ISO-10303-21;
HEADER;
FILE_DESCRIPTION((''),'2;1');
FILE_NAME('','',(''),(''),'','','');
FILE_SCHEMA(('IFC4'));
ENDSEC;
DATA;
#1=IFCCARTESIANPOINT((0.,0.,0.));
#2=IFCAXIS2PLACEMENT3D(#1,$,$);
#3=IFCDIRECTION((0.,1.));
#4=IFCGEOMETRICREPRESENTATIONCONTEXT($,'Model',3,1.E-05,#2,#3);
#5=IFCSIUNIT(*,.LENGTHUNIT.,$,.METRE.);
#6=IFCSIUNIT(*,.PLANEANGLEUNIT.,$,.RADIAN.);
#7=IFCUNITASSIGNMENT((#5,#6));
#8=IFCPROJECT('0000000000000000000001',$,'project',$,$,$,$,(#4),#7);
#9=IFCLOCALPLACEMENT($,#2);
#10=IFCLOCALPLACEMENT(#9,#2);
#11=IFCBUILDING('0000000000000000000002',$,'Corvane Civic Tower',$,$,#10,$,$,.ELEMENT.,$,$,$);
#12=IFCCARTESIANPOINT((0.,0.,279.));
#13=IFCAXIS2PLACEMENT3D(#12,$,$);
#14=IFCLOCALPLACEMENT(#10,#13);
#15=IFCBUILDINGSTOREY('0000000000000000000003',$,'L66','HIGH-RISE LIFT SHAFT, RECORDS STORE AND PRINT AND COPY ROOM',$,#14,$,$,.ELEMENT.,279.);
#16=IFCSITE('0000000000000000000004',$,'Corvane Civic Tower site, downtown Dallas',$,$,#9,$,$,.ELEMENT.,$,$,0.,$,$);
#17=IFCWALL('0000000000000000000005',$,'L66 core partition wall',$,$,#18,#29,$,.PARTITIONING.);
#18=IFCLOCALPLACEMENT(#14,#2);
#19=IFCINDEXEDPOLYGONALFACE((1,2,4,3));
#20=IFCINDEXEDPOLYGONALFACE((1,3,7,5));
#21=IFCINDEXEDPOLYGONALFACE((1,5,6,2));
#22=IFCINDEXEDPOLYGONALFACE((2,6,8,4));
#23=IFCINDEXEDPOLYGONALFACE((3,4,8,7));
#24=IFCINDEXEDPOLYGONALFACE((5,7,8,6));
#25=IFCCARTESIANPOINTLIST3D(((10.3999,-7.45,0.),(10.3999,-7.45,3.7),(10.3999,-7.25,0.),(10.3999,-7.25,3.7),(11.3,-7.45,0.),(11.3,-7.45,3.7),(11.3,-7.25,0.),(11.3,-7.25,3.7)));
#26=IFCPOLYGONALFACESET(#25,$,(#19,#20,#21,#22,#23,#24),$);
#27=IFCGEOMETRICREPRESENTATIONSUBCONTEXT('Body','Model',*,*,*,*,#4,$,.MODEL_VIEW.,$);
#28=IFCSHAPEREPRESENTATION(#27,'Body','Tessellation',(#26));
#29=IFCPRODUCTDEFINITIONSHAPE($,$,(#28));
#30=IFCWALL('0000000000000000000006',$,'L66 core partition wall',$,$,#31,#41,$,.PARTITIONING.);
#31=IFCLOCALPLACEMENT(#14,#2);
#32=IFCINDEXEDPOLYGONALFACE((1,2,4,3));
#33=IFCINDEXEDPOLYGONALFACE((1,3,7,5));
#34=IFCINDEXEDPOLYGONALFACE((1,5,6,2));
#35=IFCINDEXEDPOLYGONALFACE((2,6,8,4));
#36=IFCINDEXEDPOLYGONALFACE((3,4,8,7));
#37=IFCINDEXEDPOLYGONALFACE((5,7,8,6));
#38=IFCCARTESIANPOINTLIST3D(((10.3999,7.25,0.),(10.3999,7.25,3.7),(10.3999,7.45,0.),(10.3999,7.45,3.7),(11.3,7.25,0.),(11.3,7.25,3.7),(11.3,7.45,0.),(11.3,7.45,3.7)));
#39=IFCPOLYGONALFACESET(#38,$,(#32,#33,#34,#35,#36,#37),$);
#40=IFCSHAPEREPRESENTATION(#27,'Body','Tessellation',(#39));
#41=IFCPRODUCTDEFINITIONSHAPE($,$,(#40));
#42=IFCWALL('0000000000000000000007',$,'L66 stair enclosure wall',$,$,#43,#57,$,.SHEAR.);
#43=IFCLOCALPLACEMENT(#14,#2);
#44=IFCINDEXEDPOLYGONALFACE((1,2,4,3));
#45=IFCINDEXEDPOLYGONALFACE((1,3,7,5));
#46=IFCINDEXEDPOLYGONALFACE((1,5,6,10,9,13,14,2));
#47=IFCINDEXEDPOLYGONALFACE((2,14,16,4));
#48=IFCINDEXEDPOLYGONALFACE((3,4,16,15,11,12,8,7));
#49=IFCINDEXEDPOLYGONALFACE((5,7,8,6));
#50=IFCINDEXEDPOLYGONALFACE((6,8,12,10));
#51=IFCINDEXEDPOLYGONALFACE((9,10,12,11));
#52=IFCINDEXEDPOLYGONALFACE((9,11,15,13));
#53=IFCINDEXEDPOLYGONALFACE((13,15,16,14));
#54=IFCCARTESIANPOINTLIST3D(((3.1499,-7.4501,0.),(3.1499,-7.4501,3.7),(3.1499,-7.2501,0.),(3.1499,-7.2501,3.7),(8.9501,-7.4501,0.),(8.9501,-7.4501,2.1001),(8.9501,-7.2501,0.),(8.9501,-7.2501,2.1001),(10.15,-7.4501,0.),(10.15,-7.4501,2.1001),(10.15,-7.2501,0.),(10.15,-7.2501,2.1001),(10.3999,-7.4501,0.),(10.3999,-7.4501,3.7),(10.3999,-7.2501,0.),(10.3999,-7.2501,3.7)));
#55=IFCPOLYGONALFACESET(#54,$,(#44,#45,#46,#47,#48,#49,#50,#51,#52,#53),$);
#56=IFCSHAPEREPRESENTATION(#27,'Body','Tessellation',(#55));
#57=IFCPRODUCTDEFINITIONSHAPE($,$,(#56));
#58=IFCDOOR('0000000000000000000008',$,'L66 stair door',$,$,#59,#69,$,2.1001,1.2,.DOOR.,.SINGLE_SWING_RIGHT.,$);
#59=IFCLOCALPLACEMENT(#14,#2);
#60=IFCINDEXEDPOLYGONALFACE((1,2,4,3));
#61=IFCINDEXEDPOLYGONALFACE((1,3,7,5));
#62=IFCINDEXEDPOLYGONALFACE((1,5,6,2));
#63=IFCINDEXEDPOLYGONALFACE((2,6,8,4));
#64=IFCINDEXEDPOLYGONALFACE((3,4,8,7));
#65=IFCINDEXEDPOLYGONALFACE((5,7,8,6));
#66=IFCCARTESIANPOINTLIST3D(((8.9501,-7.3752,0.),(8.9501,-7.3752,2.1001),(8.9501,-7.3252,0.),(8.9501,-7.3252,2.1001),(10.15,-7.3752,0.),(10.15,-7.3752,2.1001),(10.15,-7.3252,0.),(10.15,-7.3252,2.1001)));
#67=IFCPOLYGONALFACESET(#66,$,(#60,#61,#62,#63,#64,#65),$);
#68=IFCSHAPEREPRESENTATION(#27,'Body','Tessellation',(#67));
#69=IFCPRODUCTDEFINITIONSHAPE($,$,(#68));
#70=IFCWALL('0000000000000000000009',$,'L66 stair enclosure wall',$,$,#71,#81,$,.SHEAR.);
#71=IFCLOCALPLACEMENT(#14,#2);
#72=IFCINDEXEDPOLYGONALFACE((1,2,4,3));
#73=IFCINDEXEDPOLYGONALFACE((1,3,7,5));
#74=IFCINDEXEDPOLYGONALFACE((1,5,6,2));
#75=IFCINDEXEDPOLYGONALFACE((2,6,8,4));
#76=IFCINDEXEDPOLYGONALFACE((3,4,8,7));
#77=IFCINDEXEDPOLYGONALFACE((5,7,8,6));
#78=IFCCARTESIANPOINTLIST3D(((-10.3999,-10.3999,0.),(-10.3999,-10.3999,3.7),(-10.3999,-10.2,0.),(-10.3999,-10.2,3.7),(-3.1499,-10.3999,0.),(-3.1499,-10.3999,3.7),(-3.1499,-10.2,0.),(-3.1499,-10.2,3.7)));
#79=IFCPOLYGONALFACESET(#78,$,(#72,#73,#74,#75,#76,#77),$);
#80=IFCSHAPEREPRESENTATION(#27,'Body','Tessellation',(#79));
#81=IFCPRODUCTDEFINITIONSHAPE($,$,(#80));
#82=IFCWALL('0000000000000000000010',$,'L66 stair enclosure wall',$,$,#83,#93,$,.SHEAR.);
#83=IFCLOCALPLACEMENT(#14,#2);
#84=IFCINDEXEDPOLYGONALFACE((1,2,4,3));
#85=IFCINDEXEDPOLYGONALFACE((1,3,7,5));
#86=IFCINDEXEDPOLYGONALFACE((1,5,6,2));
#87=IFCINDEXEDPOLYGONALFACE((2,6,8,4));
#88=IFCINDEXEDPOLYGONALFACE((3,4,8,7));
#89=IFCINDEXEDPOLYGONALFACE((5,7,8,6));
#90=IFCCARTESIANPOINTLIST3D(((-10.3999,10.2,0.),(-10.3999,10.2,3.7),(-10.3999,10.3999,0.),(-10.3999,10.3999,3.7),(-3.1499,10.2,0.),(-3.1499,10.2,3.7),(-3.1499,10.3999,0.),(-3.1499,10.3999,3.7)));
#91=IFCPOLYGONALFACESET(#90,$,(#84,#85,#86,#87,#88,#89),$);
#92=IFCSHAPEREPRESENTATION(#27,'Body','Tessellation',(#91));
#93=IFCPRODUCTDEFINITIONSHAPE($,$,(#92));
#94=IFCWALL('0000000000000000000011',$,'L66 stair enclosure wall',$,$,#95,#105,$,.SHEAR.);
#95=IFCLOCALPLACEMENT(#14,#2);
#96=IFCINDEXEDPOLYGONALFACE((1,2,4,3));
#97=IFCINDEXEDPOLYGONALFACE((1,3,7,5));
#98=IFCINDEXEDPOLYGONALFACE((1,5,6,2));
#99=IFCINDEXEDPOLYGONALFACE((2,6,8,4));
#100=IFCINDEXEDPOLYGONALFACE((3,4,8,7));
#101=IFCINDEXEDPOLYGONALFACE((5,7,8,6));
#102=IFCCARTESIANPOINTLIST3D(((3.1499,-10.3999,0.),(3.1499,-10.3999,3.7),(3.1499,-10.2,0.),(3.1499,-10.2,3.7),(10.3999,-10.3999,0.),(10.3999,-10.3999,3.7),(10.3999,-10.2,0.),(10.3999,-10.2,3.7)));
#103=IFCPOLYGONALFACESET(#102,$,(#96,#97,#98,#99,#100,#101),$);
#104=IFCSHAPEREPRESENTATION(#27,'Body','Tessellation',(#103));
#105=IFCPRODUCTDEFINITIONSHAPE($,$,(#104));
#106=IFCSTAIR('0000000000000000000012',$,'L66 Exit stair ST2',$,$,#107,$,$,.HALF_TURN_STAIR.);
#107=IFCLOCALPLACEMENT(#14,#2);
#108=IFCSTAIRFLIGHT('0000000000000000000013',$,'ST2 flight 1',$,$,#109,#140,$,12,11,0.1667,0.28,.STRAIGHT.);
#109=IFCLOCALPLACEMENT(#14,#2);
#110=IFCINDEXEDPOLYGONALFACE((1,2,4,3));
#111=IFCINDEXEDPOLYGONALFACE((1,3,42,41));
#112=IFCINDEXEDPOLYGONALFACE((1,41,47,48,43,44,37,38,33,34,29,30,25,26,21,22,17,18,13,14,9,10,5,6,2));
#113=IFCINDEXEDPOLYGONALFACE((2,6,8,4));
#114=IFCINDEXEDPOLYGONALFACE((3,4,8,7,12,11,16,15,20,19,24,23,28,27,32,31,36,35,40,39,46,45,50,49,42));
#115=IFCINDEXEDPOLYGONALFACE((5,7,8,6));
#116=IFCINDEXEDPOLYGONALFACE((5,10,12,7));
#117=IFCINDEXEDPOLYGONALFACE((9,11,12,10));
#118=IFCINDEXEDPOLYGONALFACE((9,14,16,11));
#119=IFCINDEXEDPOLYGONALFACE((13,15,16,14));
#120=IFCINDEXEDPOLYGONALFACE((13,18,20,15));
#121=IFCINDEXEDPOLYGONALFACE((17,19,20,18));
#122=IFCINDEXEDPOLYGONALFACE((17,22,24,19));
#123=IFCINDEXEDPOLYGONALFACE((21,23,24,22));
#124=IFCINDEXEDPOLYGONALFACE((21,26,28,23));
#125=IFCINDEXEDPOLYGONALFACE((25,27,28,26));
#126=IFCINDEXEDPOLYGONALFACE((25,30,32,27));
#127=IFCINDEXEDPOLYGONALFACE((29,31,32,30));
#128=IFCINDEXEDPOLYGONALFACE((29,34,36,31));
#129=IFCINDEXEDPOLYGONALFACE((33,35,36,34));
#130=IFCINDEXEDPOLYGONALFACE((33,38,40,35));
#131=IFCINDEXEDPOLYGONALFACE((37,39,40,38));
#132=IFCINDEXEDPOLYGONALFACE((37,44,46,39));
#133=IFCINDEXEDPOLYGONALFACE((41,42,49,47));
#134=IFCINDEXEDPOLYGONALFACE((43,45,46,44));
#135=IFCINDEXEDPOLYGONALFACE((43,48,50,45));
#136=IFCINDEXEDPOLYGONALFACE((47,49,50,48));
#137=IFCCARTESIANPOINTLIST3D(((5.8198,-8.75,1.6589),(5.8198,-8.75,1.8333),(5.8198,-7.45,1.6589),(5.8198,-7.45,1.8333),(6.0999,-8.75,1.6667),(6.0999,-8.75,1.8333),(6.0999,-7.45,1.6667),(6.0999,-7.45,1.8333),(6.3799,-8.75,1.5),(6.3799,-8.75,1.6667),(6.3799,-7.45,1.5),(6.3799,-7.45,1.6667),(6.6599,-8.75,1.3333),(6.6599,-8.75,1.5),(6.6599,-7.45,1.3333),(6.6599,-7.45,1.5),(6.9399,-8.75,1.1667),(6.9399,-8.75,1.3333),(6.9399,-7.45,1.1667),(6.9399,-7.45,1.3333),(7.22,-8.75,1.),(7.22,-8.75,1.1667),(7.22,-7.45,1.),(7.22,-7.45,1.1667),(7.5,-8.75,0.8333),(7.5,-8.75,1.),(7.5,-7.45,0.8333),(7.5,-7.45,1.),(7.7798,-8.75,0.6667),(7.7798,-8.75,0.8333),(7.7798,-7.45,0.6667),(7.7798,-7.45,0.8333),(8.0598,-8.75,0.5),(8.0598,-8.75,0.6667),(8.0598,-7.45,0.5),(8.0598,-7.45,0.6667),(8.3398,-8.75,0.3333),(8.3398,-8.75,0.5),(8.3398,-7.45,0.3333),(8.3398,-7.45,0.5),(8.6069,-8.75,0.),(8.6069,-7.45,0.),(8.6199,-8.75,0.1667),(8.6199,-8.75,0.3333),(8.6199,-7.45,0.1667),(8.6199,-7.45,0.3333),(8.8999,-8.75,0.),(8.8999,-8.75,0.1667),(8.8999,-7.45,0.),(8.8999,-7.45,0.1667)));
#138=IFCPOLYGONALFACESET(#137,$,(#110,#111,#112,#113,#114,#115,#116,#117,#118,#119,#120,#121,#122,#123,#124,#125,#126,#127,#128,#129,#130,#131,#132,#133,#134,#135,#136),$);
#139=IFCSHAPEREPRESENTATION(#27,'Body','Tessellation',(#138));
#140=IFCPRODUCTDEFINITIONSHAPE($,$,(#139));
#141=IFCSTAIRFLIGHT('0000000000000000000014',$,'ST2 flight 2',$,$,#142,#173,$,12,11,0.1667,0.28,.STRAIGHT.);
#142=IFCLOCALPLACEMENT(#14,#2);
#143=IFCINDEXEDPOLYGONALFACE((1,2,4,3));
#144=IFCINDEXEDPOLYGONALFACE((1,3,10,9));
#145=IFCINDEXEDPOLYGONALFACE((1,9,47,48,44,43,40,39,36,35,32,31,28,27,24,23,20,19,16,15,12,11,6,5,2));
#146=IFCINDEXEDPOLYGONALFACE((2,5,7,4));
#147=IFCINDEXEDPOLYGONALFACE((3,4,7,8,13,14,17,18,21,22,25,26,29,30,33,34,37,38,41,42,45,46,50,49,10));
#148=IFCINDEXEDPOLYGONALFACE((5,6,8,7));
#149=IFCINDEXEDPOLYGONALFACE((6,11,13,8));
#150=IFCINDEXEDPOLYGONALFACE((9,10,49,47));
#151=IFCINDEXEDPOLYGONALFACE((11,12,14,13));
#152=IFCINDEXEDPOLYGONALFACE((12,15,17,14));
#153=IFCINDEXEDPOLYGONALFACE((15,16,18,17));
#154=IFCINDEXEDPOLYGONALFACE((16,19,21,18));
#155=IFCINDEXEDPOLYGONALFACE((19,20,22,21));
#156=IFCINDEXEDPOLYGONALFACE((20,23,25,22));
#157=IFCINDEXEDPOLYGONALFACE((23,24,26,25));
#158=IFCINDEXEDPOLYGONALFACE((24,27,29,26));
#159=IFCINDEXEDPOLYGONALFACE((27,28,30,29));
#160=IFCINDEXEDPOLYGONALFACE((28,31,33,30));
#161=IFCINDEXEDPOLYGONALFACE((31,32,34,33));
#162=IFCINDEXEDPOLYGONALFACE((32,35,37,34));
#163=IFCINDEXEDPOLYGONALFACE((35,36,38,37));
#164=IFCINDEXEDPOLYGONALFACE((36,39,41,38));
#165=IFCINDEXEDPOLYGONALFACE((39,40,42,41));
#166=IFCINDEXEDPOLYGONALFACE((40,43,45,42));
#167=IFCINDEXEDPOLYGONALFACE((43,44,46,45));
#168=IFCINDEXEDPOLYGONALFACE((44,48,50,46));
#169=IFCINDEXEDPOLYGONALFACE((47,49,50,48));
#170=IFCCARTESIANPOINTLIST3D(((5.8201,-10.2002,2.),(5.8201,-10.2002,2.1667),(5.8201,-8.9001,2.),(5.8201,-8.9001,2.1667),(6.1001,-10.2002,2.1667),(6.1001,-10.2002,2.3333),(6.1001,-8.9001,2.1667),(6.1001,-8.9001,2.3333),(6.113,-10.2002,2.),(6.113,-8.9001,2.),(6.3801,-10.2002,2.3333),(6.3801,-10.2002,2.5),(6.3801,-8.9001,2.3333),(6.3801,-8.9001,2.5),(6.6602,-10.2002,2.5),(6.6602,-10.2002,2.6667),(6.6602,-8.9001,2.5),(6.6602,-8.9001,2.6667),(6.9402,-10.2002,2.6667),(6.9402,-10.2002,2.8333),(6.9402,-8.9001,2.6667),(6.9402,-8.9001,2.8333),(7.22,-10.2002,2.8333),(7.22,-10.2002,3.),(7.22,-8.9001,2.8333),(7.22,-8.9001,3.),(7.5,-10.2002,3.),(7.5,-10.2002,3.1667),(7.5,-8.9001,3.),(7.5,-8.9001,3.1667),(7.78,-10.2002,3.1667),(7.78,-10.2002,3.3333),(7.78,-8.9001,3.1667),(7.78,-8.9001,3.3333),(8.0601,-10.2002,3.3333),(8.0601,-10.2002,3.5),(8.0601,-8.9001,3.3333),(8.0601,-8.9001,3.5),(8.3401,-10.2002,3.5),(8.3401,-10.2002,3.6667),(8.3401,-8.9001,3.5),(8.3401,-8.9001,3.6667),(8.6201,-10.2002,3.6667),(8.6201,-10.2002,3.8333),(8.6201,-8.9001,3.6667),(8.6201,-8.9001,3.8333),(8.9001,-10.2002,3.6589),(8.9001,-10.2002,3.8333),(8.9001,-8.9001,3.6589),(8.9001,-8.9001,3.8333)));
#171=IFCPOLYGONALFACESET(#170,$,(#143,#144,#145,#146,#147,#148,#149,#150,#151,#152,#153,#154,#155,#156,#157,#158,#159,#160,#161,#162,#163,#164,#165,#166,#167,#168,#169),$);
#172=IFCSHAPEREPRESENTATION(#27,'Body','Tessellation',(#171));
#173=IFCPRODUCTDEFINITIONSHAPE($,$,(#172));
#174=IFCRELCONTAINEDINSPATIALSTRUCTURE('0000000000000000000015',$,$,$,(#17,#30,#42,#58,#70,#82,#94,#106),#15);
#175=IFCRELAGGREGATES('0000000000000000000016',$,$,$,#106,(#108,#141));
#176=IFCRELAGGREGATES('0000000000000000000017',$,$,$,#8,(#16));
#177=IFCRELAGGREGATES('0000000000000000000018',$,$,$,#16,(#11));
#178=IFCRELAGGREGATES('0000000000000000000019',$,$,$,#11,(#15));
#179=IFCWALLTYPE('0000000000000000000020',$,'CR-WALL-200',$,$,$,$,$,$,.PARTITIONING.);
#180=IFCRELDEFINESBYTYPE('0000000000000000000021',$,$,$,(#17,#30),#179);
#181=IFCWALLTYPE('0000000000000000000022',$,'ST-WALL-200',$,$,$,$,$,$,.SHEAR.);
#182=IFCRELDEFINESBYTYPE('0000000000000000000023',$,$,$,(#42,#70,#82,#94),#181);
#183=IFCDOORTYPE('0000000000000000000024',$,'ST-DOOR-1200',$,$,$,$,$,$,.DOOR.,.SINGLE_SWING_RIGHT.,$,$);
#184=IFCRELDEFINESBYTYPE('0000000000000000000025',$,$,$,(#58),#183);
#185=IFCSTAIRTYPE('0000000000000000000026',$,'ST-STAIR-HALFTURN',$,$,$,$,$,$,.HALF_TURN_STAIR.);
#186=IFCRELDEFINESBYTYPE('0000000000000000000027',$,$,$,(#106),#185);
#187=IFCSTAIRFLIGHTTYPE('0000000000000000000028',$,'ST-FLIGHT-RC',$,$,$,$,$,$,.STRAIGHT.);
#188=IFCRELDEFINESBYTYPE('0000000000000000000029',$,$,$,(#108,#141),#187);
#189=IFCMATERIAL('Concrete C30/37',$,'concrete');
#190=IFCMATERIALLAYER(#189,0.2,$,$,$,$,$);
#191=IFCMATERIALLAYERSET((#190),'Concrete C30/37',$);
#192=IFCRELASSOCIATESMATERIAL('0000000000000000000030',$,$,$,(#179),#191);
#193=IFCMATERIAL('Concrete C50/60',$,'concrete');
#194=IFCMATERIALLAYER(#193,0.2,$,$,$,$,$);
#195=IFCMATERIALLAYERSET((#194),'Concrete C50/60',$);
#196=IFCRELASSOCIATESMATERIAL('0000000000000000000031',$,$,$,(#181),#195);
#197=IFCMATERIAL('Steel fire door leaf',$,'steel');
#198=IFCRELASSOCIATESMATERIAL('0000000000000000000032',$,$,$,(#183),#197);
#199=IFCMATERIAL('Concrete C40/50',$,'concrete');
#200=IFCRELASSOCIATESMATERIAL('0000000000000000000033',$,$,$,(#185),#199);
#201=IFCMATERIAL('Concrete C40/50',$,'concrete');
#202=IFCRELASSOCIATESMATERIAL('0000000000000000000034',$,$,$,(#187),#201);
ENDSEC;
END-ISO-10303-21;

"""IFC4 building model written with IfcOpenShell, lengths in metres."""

from ifc_helpers import new_model, si_unit, direction, frame, frame_2d, origin, place, context, subcontext, project, spatial, polyline, rectangle, outline, extrude, material, layer, layer_set, type_object, element, fill, aggregate, save


model = new_model("IFC4")

# Units and contexts
model_context = context("Model", 3, precision=1e-05, world=origin(), true_north=direction((0.0, 1.0)))
body_context = subcontext(model_context, "Body", "Model", "MODEL_VIEW")
ifc_project = project(units=[si_unit("LENGTHUNIT", "METRE"), si_unit("PLANEANGLEUNIT", "RADIAN")], contexts=[model_context])

# Site, building, storey
site_placement = place(None, origin())
site = spatial("IfcSite", under=ifc_project, at=site_placement, Name="Corvane Civic Tower site, downtown Dallas", CompositionType="ELEMENT", RefElevation=0.0)
building_placement = place(site_placement, origin())
building = spatial("IfcBuilding", under=site, at=building_placement, Name="Corvane Civic Tower", CompositionType="ELEMENT")
storey_placement = place(building_placement, frame((0.0, 0.0, 279.0)))
storey = spatial("IfcBuildingStorey", under=building, at=storey_placement, Name="L66", Description="HIGH-RISE LIFT SHAFT, RECORDS STORE AND PRINT AND COPY ROOM", CompositionType="ELEMENT", Elevation=279.0)

# Shared definitions
ifc_material_1 = material(Name="Concrete C30/37", Category="concrete")
ifc_layer_1 = layer(ifc_material_1, 0.2)
ifc_layer_set_1 = layer_set([ifc_layer_1], Name="Concrete C30/37")
wall_type_1 = type_object("IfcWallType", Name="CR-WALL-200", PredefinedType="PARTITIONING", material=ifc_layer_set_1)

# Walls
wall_1_placement = place(storey_placement, origin())
element("IfcWall", 1, at=wall_1_placement, inside=storey, type_object=wall_type_1, Name="L66 core partition wall", PredefinedType="PARTITIONING", context=body_context, shape_type="SweptSolid", body=[
    extrude(outline(polyline([(11.3, -7.45), (10.3999, -7.45), (10.3999, -7.25), (11.3, -7.25), (11.3, -7.45)])), origin(), (0.0, 0.0, 1.0), 3.7),
])
wall_2_placement = place(storey_placement, origin())
element("IfcWall", 2, at=wall_2_placement, inside=storey, type_object=wall_type_1, Name="L66 core partition wall", PredefinedType="PARTITIONING", context=body_context, shape_type="SweptSolid", body=[
    extrude(outline(polyline([(10.3999, 7.25), (10.3999, 7.45), (11.3, 7.45), (11.3, 7.25), (10.3999, 7.25)])), origin(), (0.0, 0.0, 1.0), 3.7),
])

# Wall, opening, door
ifc_material_2 = material(Name="Concrete C50/60", Category="concrete")
ifc_layer_2 = layer(ifc_material_2, 0.2)
ifc_layer_set_2 = layer_set([ifc_layer_2], Name="Concrete C50/60")
wall_type_2 = type_object("IfcWallType", Name="ST-WALL-200", PredefinedType="SHEAR", material=ifc_layer_set_2)
wall_3_placement = place(storey_placement, frame((3.1499, -7.3501, 0.0), z_axis=(0.0, 0.0, 1.0), x_axis=(1.0, 0.0, 0.0)))
wall_3 = element("IfcWall", 3, at=wall_3_placement, inside=storey, type_object=wall_type_2, Name="L66 stair enclosure wall", PredefinedType="SHEAR", context=body_context, shape_type="SweptSolid", body=[
    extrude(rectangle(XDim=7.25, YDim=0.2, at=frame_2d((3.625, 0.0))), origin(), (0.0, 0.0, 1.0), 3.7),
])
opening_1_placement = place(wall_3_placement, frame((5.8, 0.0, 0.0)))
opening_1 = element("IfcOpeningElement", 4, at=opening_1_placement, cuts=wall_3, PredefinedType="OPENING", context=body_context, shape_type="SweptSolid", body=[
    extrude(rectangle(XDim=1.2, YDim=2.1001, at=frame_2d((0.6001, 1.05))), frame((0.0, 0.1099, 0.0), z_axis=(0.0, -1.0, 0.0), x_axis=(1.0, 0.0, 0.0)), (0.0, 0.0, 1.0), 0.22),
])
ifc_material_3 = material(Name="Steel fire door leaf", Category="steel")
door_type_1 = type_object("IfcDoorType", Name="ST-DOOR-1200", OperationType="SINGLE_SWING_RIGHT", PredefinedType="DOOR", material=ifc_material_3)
door_1_placement = place(opening_1_placement, origin())
door_1 = element("IfcDoor", 5, at=door_1_placement, inside=storey, type_object=door_type_1, Name="L66 stair door", OperationType="SINGLE_SWING_RIGHT", OverallHeight=2.1001, OverallWidth=1.2, PredefinedType="DOOR", context=body_context, shape_type="SweptSolid", body=[
    extrude(rectangle(XDim=1.2, YDim=2.1001, at=frame_2d((0.6001, 1.05))), frame((0.0, 0.0249, 0.0), z_axis=(0.0, -1.0, 0.0), x_axis=(1.0, 0.0, 0.0)), (0.0, 0.0, 1.0), 0.05),
])
fill(opening_1, door_1)

# Walls
wall_4_placement = place(storey_placement, origin())
element("IfcWall", 6, at=wall_4_placement, inside=storey, type_object=wall_type_2, Name="L66 stair enclosure wall", PredefinedType="SHEAR", context=body_context, shape_type="SweptSolid", body=[
    extrude(outline(polyline([(-3.1499, -10.2), (-3.1499, -10.3999), (-10.3999, -10.3999), (-10.3999, -10.2), (-3.1499, -10.2)])), origin(), (0.0, 0.0, 1.0), 3.7),
])
wall_5_placement = place(storey_placement, origin())
element("IfcWall", 7, at=wall_5_placement, inside=storey, type_object=wall_type_2, Name="L66 stair enclosure wall", PredefinedType="SHEAR", context=body_context, shape_type="SweptSolid", body=[
    extrude(outline(polyline([(-3.1499, 10.2), (-10.3999, 10.2), (-10.3999, 10.3999), (-3.1499, 10.3999), (-3.1499, 10.2)])), origin(), (0.0, 0.0, 1.0), 3.7),
])
wall_6_placement = place(storey_placement, origin())
element("IfcWall", 8, at=wall_6_placement, inside=storey, type_object=wall_type_2, Name="L66 stair enclosure wall", PredefinedType="SHEAR", context=body_context, shape_type="SweptSolid", body=[
    extrude(outline(polyline([(10.3999, -10.3999), (3.1499, -10.3999), (3.1499, -10.2), (10.3999, -10.2), (10.3999, -10.3999)])), origin(), (0.0, 0.0, 1.0), 3.7),
])

# Stair, stair flights
ifc_material_4 = material(Name="Concrete C40/50", Category="concrete")
stair_type = type_object("IfcStairType", Name="ST-STAIR-HALFTURN", PredefinedType="HALF_TURN_STAIR", material=ifc_material_4)
stair_placement = place(storey_placement, origin())
stair = element("IfcStair", 9, at=stair_placement, inside=storey, type_object=stair_type, Name="L66 Exit stair ST2", PredefinedType="HALF_TURN_STAIR")
ifc_material_5 = material(Name="Concrete C40/50", Category="concrete")
stair_flight_type = type_object("IfcStairFlightType", Name="ST-FLIGHT-RC", PredefinedType="STRAIGHT", material=ifc_material_5)
stair_flight_1_placement = place(storey_placement, frame((8.8999, -8.1001, 0.0), z_axis=(0.0, 0.0, 1.0), x_axis=(-1.0, 0.0, 0.0)))
stair_flight_1 = element("IfcStairFlight", 10, at=stair_flight_1_placement, type_object=stair_flight_type, Name="ST2 flight 1", NumberOfRisers=12, NumberOfTreads=11, PredefinedType="STRAIGHT", RiserHeight=0.1667, TreadLength=0.28, context=body_context, shape_type="SweptSolid", body=[
    extrude(outline(polyline([(0.0, 0.0), (0.0, 0.1667), (0.28, 0.1667), (0.28, 0.3333), (0.5601, 0.3333), (0.5601, 0.5), (0.8401, 0.5), (0.8401, 0.6667), (1.1201, 0.6667), (1.1201, 0.8333), (1.3999, 0.8333), (1.3999, 1.0), (1.6799, 1.0), (1.6799, 1.1667), (1.96, 1.1667), (1.96, 1.3333), (2.24, 1.3333), (2.24, 1.5), (2.52, 1.5), (2.52, 1.6667), (2.8, 1.6667), (2.8, 1.8333), (3.0801, 1.8333), (3.0801, 2.0), (3.0801, 1.6589), (0.293, 0.0), (0.0, 0.0)])), frame((0.0, 0.6499, 0.0), z_axis=(0.0, -1.0, 0.0), x_axis=(1.0, 0.0, 0.0)), (0.0, 0.0, 1.0), 1.3),
])
stair_flight_2_placement = place(storey_placement, frame((5.8201, -9.55, 2.0), z_axis=(0.0, 0.0, 1.0), x_axis=(1.0, 0.0, 0.0)))
stair_flight_2 = element("IfcStairFlight", 11, at=stair_flight_2_placement, type_object=stair_flight_type, Name="ST2 flight 2", NumberOfRisers=12, NumberOfTreads=11, PredefinedType="STRAIGHT", RiserHeight=0.1667, TreadLength=0.28, context=body_context, shape_type="SweptSolid", body=[
    extrude(outline(polyline([(0.0, 0.0), (0.0, 0.1667), (0.28, 0.1667), (0.28, 0.3333), (0.5601, 0.3333), (0.5601, 0.5), (0.8401, 0.5), (0.8401, 0.6667), (1.1201, 0.6667), (1.1201, 0.8333), (1.3999, 0.8333), (1.3999, 1.0), (1.6799, 1.0), (1.6799, 1.1667), (1.96, 1.1667), (1.96, 1.3333), (2.24, 1.3333), (2.24, 1.5), (2.52, 1.5), (2.52, 1.6667), (2.8, 1.6667), (2.8, 1.8333), (3.0801, 1.8333), (3.0801, 2.0), (3.0801, 1.6589), (0.293, 0.0), (0.0, 0.0)])), frame((0.0, 0.6499, 0.0), z_axis=(0.0, -1.0, 0.0), x_axis=(1.0, 0.0, 0.0)), (0.0, 0.0, 1.0), 1.3),
])
aggregate(stair, [stair_flight_1, stair_flight_2])

save(model, "model.ifc")
